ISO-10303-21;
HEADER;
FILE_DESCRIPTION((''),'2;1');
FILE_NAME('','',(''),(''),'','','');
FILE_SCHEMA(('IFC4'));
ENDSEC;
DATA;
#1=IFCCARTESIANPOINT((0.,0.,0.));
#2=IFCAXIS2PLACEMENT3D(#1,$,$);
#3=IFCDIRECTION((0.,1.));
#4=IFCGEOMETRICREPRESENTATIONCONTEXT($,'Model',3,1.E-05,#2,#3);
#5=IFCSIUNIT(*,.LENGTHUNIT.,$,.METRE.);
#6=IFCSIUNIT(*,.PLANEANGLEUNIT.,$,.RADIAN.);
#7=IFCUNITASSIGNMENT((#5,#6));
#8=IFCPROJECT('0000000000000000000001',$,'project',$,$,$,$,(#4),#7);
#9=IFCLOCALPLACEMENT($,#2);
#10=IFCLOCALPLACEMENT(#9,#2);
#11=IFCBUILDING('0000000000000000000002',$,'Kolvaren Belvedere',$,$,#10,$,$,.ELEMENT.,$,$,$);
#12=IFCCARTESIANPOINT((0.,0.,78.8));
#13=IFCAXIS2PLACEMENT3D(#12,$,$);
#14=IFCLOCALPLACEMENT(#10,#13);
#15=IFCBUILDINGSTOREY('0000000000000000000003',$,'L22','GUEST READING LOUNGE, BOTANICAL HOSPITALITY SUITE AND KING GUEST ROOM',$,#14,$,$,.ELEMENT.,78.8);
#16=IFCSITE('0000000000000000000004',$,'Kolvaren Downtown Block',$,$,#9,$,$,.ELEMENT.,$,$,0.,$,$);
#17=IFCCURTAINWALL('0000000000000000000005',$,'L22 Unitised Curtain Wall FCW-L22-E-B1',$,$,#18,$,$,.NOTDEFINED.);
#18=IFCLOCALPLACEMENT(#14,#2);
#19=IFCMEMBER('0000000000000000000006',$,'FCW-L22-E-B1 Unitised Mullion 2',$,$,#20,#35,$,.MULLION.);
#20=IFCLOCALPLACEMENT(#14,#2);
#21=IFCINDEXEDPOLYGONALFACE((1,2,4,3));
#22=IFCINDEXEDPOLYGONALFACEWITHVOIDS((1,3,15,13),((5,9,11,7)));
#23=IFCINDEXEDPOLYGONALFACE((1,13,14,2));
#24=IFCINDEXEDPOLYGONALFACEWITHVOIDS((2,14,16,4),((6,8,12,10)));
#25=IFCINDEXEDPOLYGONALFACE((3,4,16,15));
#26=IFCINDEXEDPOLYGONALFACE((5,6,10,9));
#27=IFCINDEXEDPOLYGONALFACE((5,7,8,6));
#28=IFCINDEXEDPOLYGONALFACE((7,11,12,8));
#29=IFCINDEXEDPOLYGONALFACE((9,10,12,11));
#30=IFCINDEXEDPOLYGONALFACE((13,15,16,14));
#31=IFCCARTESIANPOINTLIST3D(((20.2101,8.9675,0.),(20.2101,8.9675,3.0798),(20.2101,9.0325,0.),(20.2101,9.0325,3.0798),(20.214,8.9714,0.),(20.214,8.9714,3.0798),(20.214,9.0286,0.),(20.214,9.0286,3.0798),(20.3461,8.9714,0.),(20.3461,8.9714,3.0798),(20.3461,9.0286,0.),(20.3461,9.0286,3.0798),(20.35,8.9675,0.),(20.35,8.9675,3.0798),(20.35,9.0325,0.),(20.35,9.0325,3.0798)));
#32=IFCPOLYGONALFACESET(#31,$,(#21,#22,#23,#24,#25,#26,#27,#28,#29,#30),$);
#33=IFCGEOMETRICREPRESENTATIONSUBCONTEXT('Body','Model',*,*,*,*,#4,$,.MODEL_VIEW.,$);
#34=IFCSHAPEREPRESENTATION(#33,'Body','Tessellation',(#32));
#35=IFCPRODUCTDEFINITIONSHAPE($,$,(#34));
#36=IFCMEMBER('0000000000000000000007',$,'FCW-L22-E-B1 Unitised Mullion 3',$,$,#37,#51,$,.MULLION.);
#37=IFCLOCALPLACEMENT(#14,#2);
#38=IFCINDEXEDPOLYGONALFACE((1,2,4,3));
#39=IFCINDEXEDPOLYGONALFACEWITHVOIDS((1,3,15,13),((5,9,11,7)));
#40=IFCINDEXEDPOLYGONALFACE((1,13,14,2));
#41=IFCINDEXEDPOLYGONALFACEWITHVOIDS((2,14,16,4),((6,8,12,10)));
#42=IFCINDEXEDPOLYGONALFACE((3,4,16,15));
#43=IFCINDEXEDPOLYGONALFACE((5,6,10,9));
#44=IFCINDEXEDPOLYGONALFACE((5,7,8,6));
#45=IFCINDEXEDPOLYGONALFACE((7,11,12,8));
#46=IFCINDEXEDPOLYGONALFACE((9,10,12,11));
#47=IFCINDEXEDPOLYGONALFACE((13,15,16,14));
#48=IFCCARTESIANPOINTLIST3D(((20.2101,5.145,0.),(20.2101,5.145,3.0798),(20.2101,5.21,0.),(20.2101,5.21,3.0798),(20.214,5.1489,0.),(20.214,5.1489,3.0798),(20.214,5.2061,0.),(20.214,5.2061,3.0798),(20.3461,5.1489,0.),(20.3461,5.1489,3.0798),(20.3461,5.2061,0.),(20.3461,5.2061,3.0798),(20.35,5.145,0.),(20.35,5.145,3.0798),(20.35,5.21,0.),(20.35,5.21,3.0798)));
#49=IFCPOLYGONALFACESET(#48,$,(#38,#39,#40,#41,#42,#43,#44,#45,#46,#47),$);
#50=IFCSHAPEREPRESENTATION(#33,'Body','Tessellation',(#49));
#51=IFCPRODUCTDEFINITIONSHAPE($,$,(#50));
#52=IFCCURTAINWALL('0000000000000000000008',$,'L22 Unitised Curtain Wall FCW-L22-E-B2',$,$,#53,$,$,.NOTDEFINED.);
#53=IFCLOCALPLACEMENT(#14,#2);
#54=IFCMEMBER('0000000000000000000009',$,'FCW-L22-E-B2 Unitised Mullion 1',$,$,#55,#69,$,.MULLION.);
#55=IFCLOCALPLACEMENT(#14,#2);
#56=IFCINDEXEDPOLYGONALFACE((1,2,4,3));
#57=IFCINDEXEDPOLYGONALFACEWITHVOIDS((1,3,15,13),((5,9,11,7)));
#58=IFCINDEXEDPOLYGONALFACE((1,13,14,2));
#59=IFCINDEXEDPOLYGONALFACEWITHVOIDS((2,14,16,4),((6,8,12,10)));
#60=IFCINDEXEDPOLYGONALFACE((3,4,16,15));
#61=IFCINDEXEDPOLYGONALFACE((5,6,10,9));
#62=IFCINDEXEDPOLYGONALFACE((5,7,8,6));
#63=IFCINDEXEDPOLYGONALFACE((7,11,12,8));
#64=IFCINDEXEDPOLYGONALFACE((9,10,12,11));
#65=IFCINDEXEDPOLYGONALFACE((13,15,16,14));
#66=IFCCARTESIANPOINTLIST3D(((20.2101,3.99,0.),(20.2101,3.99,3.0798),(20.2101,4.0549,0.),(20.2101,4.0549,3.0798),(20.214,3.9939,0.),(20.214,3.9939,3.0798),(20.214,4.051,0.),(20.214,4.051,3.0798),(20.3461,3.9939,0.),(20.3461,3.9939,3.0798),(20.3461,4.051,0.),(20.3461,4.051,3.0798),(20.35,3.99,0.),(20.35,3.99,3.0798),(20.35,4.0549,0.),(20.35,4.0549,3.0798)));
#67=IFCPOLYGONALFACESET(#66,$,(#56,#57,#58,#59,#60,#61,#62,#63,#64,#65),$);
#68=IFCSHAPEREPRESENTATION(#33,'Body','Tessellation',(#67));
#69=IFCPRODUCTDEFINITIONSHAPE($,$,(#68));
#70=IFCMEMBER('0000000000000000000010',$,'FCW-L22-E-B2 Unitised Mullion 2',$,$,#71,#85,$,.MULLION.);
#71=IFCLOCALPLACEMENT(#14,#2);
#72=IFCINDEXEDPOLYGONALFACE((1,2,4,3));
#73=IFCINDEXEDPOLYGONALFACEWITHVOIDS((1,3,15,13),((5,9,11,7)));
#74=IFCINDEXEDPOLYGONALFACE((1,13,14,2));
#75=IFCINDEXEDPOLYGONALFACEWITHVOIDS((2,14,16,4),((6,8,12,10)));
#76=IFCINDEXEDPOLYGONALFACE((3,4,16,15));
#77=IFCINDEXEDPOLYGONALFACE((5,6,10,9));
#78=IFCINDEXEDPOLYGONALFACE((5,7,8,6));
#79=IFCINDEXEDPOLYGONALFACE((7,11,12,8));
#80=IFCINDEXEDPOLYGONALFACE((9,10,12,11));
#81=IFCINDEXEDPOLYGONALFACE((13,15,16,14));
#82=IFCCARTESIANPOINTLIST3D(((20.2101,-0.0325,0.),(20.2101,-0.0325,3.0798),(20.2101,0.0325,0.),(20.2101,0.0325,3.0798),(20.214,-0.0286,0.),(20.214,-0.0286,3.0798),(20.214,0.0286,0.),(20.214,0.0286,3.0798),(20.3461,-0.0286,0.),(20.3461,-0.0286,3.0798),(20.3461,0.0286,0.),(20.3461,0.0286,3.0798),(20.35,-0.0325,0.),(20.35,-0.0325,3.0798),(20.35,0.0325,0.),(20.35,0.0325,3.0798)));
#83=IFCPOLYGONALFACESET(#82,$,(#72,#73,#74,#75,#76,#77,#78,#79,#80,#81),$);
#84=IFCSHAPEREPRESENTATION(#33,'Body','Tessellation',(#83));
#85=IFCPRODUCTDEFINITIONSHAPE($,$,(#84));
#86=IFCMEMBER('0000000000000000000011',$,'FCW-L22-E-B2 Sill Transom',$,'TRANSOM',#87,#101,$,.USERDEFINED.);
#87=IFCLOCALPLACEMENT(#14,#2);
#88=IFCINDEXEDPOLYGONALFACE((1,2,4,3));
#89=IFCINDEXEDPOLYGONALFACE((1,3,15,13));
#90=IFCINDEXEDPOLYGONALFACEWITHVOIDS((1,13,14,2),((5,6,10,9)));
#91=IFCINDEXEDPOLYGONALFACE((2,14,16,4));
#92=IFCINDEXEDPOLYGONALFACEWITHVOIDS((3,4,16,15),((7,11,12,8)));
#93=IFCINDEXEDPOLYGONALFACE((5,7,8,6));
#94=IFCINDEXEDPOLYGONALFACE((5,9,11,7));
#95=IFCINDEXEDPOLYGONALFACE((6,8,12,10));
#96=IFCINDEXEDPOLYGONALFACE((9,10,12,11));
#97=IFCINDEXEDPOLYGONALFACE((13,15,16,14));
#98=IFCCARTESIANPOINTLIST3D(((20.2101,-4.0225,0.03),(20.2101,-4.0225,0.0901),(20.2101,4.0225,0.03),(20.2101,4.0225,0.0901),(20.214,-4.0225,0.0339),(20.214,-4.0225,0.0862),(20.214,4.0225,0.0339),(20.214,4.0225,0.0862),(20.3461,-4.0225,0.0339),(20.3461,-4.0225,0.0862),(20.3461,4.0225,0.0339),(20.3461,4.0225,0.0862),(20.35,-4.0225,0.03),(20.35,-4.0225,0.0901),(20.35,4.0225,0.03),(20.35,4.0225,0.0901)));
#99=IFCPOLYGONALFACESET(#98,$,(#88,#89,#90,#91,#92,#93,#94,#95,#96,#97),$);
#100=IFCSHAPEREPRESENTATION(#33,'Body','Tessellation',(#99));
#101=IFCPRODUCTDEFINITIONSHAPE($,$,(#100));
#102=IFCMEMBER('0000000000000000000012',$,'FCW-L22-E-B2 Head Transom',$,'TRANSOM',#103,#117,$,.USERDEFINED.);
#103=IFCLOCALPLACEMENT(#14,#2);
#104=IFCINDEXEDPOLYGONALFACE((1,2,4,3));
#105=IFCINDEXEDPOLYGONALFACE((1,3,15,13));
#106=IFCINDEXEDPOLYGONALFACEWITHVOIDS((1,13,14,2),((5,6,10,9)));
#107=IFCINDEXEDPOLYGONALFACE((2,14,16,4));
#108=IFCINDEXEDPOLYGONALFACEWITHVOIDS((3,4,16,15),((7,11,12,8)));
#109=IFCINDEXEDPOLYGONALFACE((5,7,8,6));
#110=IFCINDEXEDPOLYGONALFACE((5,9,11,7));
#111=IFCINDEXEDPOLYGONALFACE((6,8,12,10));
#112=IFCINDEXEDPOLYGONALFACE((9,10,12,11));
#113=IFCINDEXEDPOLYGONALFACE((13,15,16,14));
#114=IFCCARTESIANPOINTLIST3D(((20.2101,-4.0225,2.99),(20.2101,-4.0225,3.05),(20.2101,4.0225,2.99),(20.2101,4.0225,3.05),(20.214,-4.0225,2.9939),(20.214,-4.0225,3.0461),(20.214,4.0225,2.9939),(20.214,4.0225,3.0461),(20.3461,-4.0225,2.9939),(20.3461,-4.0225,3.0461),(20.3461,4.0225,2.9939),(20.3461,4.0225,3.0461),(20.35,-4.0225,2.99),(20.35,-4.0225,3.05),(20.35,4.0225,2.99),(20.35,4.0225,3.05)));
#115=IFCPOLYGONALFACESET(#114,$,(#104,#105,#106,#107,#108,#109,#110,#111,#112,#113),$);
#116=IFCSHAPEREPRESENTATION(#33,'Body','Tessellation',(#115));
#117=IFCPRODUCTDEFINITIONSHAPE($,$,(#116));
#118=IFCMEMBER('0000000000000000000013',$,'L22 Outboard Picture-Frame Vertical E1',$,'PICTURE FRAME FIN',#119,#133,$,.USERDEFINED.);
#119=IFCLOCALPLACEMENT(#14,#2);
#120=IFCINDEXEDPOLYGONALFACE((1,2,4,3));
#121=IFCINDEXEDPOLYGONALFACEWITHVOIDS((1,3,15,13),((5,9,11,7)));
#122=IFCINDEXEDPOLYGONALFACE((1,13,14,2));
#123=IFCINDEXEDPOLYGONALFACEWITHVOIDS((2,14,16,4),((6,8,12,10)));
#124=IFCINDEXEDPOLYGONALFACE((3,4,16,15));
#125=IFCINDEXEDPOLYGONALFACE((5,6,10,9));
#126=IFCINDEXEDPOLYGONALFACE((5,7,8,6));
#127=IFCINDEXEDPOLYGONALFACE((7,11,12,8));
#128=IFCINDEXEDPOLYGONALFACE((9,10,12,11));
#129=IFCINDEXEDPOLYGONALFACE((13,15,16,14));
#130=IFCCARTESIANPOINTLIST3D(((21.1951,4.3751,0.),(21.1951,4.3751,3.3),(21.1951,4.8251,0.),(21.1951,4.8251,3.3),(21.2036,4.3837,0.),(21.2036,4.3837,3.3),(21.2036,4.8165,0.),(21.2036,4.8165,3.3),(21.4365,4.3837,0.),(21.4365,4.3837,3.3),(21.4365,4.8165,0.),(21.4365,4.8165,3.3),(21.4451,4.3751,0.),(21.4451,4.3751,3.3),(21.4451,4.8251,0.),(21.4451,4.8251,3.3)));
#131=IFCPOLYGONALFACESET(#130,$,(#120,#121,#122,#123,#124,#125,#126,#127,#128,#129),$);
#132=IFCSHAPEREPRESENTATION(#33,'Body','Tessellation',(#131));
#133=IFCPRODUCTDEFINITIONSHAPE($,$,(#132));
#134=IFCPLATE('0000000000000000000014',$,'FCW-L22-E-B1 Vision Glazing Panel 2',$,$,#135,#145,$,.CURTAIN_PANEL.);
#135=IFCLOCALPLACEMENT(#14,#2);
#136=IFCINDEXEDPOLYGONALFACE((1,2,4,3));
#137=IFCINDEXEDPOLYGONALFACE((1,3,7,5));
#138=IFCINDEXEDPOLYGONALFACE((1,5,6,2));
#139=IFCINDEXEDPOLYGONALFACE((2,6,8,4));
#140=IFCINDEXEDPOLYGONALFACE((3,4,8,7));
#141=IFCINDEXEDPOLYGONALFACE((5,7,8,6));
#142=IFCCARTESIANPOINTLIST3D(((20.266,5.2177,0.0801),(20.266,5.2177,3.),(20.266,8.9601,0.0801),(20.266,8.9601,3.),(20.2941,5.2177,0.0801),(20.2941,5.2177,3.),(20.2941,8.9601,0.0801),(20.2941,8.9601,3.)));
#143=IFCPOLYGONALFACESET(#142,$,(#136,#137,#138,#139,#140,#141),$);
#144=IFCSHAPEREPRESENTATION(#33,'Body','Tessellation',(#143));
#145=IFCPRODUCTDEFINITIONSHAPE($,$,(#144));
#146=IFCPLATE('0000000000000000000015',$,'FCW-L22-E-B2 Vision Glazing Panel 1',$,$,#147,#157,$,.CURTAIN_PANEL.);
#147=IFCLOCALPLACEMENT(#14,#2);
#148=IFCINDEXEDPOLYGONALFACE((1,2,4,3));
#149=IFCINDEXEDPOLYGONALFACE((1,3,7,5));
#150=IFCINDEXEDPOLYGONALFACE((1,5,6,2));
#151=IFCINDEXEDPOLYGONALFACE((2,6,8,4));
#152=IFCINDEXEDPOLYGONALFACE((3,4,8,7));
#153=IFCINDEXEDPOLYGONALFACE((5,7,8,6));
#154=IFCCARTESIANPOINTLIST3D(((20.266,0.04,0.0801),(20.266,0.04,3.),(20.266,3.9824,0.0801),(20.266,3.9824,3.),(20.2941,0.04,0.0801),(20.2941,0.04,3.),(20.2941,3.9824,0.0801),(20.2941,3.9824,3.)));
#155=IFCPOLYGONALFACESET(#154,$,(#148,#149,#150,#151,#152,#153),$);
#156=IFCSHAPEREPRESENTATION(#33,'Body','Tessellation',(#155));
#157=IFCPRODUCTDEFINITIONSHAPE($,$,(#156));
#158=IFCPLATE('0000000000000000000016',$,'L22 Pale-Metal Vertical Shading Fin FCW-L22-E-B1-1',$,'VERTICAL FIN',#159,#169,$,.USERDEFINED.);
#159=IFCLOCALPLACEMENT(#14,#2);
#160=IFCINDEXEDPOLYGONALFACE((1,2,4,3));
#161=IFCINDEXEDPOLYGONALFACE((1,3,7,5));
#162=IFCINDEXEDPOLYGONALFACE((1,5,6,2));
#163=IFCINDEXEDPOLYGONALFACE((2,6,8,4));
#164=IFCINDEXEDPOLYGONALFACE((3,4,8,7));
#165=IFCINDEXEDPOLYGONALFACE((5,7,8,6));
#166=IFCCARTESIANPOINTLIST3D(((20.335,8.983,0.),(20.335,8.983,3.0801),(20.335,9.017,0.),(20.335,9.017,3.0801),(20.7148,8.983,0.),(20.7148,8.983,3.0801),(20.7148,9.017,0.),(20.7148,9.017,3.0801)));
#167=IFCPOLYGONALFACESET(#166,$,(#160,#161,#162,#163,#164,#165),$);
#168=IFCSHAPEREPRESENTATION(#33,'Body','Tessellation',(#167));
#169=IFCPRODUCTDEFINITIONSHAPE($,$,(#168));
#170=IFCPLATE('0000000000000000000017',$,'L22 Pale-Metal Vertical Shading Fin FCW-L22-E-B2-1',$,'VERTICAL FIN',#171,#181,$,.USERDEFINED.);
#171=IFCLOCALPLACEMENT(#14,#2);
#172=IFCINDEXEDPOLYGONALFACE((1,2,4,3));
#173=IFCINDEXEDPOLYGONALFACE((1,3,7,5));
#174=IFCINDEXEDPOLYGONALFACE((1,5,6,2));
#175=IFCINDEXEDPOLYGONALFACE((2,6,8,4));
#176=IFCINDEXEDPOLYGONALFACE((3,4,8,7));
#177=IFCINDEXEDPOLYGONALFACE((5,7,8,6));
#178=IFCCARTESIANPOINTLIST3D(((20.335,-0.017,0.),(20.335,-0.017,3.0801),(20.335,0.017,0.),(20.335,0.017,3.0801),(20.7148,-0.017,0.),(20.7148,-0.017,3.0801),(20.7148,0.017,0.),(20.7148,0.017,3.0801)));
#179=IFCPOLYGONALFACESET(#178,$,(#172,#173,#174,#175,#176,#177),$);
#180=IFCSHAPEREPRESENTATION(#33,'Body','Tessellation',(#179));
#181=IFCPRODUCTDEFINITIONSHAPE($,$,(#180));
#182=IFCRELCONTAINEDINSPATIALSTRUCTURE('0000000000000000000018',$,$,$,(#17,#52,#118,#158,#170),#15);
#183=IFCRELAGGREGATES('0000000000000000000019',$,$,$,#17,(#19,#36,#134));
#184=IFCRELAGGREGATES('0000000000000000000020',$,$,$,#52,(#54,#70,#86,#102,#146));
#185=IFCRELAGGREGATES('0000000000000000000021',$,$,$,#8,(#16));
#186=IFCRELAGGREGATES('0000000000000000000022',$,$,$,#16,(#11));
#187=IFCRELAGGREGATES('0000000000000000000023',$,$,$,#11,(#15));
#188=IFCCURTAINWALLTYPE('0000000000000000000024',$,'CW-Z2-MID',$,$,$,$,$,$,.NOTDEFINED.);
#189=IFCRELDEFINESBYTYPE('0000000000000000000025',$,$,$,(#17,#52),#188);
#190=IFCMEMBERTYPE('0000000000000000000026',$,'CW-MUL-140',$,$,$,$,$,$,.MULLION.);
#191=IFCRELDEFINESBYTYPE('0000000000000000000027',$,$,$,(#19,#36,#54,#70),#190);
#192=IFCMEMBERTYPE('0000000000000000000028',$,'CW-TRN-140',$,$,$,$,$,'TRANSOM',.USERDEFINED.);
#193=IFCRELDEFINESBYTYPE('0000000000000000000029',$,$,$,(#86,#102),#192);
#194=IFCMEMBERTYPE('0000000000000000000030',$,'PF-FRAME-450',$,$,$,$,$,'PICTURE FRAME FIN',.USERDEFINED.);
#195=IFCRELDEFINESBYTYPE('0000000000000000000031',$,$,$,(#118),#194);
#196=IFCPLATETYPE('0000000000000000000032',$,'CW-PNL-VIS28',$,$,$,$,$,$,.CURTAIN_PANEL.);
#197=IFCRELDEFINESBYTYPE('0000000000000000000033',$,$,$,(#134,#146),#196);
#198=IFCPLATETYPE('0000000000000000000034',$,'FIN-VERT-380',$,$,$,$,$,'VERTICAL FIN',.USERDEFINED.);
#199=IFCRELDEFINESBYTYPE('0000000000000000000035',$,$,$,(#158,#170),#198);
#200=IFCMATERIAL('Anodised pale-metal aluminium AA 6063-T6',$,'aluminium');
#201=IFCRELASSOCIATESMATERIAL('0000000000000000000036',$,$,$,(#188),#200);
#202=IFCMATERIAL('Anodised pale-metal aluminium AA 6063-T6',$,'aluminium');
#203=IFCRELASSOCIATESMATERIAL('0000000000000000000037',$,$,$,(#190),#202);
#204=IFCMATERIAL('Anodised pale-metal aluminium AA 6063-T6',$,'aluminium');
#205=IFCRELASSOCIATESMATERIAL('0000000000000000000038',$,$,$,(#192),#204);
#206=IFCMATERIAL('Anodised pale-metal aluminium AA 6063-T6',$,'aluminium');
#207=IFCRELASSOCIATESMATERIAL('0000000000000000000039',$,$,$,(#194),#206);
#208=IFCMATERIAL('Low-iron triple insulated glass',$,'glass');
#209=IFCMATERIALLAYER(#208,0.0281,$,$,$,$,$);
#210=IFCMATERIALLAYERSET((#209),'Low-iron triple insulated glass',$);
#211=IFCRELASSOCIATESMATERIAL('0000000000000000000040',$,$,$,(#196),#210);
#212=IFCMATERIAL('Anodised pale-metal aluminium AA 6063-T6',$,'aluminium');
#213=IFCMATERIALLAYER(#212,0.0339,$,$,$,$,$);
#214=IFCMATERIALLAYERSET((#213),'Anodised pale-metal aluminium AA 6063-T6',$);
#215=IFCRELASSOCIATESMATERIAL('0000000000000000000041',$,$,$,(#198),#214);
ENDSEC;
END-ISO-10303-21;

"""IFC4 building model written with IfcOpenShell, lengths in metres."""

from ifc_helpers import new_model, si_unit, direction, frame, origin, origin_2d, place, context, subcontext, project, spatial, rectangle, hollow_rectangle, extrude, material, layer, layer_set, material_profile, profile_set, type_object, element, aggregate, save


model = new_model("IFC4")

# Units and contexts
model_context = context("Model", 3, precision=1e-05, world=origin(), true_north=direction((0.0, 1.0)))
body_context = subcontext(model_context, "Body", "Model", "MODEL_VIEW")
ifc_project = project(units=[si_unit("LENGTHUNIT", "METRE"), si_unit("PLANEANGLEUNIT", "RADIAN")], contexts=[model_context])

# Site, building, storey
site_placement = place(None, origin())
site = spatial("IfcSite", under=ifc_project, at=site_placement, Name="Kolvaren Downtown Block", CompositionType="ELEMENT", RefElevation=0.0)
building_placement = place(site_placement, origin())
building = spatial("IfcBuilding", under=site, at=building_placement, Name="Kolvaren Belvedere", CompositionType="ELEMENT")
storey_placement = place(building_placement, frame((0.0, 0.0, 78.8)))
storey = spatial("IfcBuildingStorey", under=building, at=storey_placement, Name="L22", Description="GUEST READING LOUNGE, BOTANICAL HOSPITALITY SUITE AND KING GUEST ROOM", CompositionType="ELEMENT", Elevation=78.8)

# Curtain walls, members
ifc_material_1 = material(Name="Anodised pale-metal aluminium AA 6063-T6", Category="aluminium")
curtain_wall_type = type_object("IfcCurtainWallType", Name="CW-Z2-MID", PredefinedType="NOTDEFINED", material=ifc_material_1)
curtain_wall_1_placement = place(storey_placement, origin())
curtain_wall_1 = element("IfcCurtainWall", 1, at=curtain_wall_1_placement, inside=storey, type_object=curtain_wall_type, Name="L22 Unitised Curtain Wall FCW-L22-E-B1", PredefinedType="NOTDEFINED")
ifc_material_2 = material(Name="Anodised pale-metal aluminium AA 6063-T6", Category="aluminium")
ifc_material_profile_1 = material_profile(ifc_material_2, hollow_rectangle(XDim=0.0649, YDim=0.1399, WallThickness=0.0039, at=origin_2d()), Name="ALU-MUL-140X65")
ifc_profile_set_1 = profile_set([ifc_material_profile_1], Name="Anodised pale-metal aluminium AA 6063-T6")
member_type_1 = type_object("IfcMemberType", Name="CW-MUL-140", PredefinedType="MULLION", material=ifc_profile_set_1)
member_1_placement = place(storey_placement, frame((20.28, 9.0, 0.0), z_axis=(0.0, 0.0, 1.0), x_axis=(0.0, 1.0, 0.0)))
member_1 = element("IfcMember", 2, at=member_1_placement, type_object=member_type_1, Name="FCW-L22-E-B1 Unitised Mullion 2", PredefinedType="MULLION", context=body_context, shape_type="SweptSolid", body=[
    extrude(hollow_rectangle(XDim=0.0649, YDim=0.1399, WallThickness=0.0039, at=origin_2d()), origin(), (0.0, 0.0, 1.0), 3.0798),
])
member_2_placement = place(storey_placement, frame((20.28, 5.1775, 0.0), z_axis=(0.0, 0.0, 1.0), x_axis=(0.0, 1.0, 0.0)))
member_2 = element("IfcMember", 3, at=member_2_placement, type_object=member_type_1, Name="FCW-L22-E-B1 Unitised Mullion 3", PredefinedType="MULLION", context=body_context, shape_type="SweptSolid", body=[
    extrude(hollow_rectangle(XDim=0.0649, YDim=0.1399, WallThickness=0.0039, at=origin_2d()), origin(), (0.0, 0.0, 1.0), 3.0798),
])
curtain_wall_2_placement = place(storey_placement, origin())
curtain_wall_2 = element("IfcCurtainWall", 4, at=curtain_wall_2_placement, inside=storey, type_object=curtain_wall_type, Name="L22 Unitised Curtain Wall FCW-L22-E-B2", PredefinedType="NOTDEFINED")
member_3_placement = place(storey_placement, frame((20.28, 4.0225, 0.0), z_axis=(0.0, 0.0, 1.0), x_axis=(0.0, 1.0, 0.0)))
member_3 = element("IfcMember", 5, at=member_3_placement, type_object=member_type_1, Name="FCW-L22-E-B2 Unitised Mullion 1", PredefinedType="MULLION", context=body_context, shape_type="SweptSolid", body=[
    extrude(hollow_rectangle(XDim=0.0649, YDim=0.1399, WallThickness=0.0039, at=origin_2d()), origin(), (0.0, 0.0, 1.0), 3.0798),
])
member_4_placement = place(storey_placement, frame((20.28, 0.0, 0.0), z_axis=(0.0, 0.0, 1.0), x_axis=(0.0, 1.0, 0.0)))
member_4 = element("IfcMember", 6, at=member_4_placement, type_object=member_type_1, Name="FCW-L22-E-B2 Unitised Mullion 2", PredefinedType="MULLION", context=body_context, shape_type="SweptSolid", body=[
    extrude(hollow_rectangle(XDim=0.0649, YDim=0.1399, WallThickness=0.0039, at=origin_2d()), origin(), (0.0, 0.0, 1.0), 3.0798),
])
ifc_material_3 = material(Name="Anodised pale-metal aluminium AA 6063-T6", Category="aluminium")
ifc_material_profile_2 = material_profile(ifc_material_3, hollow_rectangle(XDim=0.0601, YDim=0.1399, WallThickness=0.0039, at=origin_2d()), Name="ALU-TRN-140X60")
ifc_profile_set_2 = profile_set([ifc_material_profile_2], Name="Anodised pale-metal aluminium AA 6063-T6")
member_type_2 = type_object("IfcMemberType", Name="CW-TRN-140", ElementType="TRANSOM", PredefinedType="USERDEFINED", material=ifc_profile_set_2)
member_5_placement = place(storey_placement, frame((20.28, 4.0225, 0.0601), z_axis=(0.0, -1.0, 0.0), x_axis=(0.0, 0.0, 1.0)))
member_5 = element("IfcMember", 7, at=member_5_placement, type_object=member_type_2, Name="FCW-L22-E-B2 Sill Transom", ObjectType="TRANSOM", PredefinedType="USERDEFINED", context=body_context, shape_type="SweptSolid", body=[
    extrude(hollow_rectangle(XDim=0.0601, YDim=0.1399, WallThickness=0.0039, at=origin_2d()), origin(), (0.0, 0.0, 1.0), 8.0449),
])
member_6_placement = place(storey_placement, frame((20.28, 4.0225, 3.02), z_axis=(0.0, -1.0, 0.0), x_axis=(0.0, 0.0, 1.0)))
member_6 = element("IfcMember", 8, at=member_6_placement, type_object=member_type_2, Name="FCW-L22-E-B2 Head Transom", ObjectType="TRANSOM", PredefinedType="USERDEFINED", context=body_context, shape_type="SweptSolid", body=[
    extrude(hollow_rectangle(XDim=0.0601, YDim=0.1399, WallThickness=0.0039, at=origin_2d()), origin(), (0.0, 0.0, 1.0), 8.0449),
])

# Member
ifc_material_4 = material(Name="Anodised pale-metal aluminium AA 6063-T6", Category="aluminium")
ifc_material_profile_3 = material_profile(ifc_material_4, hollow_rectangle(XDim=0.25, YDim=0.45, WallThickness=0.0085, at=origin_2d()), Name="ALU-PF-450X250")
ifc_profile_set_3 = profile_set([ifc_material_profile_3], Name="Anodised pale-metal aluminium AA 6063-T6")
member_type_3 = type_object("IfcMemberType", Name="PF-FRAME-450", ElementType="PICTURE FRAME FIN", PredefinedType="USERDEFINED", material=ifc_profile_set_3)
member_7_placement = place(storey_placement, frame((21.3201, 4.6001, 0.0), z_axis=(0.0, 0.0, 1.0), x_axis=(1.0, 0.0, 0.0)))
element("IfcMember", 9, at=member_7_placement, inside=storey, type_object=member_type_3, Name="L22 Outboard Picture-Frame Vertical E1", ObjectType="PICTURE FRAME FIN", PredefinedType="USERDEFINED", context=body_context, shape_type="SweptSolid", body=[
    extrude(hollow_rectangle(XDim=0.25, YDim=0.45, WallThickness=0.0085, at=origin_2d()), origin(), (0.0, 0.0, 1.0), 3.3),
])

# Plates
ifc_material_5 = material(Name="Low-iron triple insulated glass", Category="glass")
ifc_layer_1 = layer(ifc_material_5, 0.0281)
ifc_layer_set_1 = layer_set([ifc_layer_1], Name="Low-iron triple insulated glass")
plate_type_1 = type_object("IfcPlateType", Name="CW-PNL-VIS28", PredefinedType="CURTAIN_PANEL", material=ifc_layer_set_1)
plate_1_placement = place(storey_placement, frame((20.28, 7.0889, 0.0801), z_axis=(0.0, 0.0, 1.0), x_axis=(0.0, -1.0, 0.0)))
plate_1 = element("IfcPlate", 10, at=plate_1_placement, type_object=plate_type_1, Name="FCW-L22-E-B1 Vision Glazing Panel 2", PredefinedType="CURTAIN_PANEL", context=body_context, shape_type="SweptSolid", body=[
    extrude(rectangle(XDim=3.7424, YDim=0.0281, at=origin_2d()), origin(), (0.0, 0.0, 1.0), 2.9199),
])
aggregate(curtain_wall_1, [member_1, member_2, plate_1])
plate_2_placement = place(storey_placement, frame((20.28, 2.0112, 0.0801), z_axis=(0.0, 0.0, 1.0), x_axis=(0.0, -1.0, 0.0)))
plate_2 = element("IfcPlate", 11, at=plate_2_placement, type_object=plate_type_1, Name="FCW-L22-E-B2 Vision Glazing Panel 1", PredefinedType="CURTAIN_PANEL", context=body_context, shape_type="SweptSolid", body=[
    extrude(rectangle(XDim=3.9424, YDim=0.0281, at=origin_2d()), origin(), (0.0, 0.0, 1.0), 2.9199),
])
aggregate(curtain_wall_2, [member_3, member_4, member_5, member_6, plate_2])

# Plates
ifc_material_6 = material(Name="Anodised pale-metal aluminium AA 6063-T6", Category="aluminium")
ifc_layer_2 = layer(ifc_material_6, 0.0339)
ifc_layer_set_2 = layer_set([ifc_layer_2], Name="Anodised pale-metal aluminium AA 6063-T6")
plate_type_2 = type_object("IfcPlateType", Name="FIN-VERT-380", ElementType="VERTICAL FIN", PredefinedType="USERDEFINED", material=ifc_layer_set_2)
for number, where, z_axis, x_axis, name in (
    (12, (20.5249, 9.0, 0.0), (0.0, 0.0, 1.0), (1.0, 0.0, 0.0), "L22 Pale-Metal Vertical Shading Fin FCW-L22-E-B1-1"),
    (13, (20.5249, 0.0, 0.0), (0.0, 0.0, 1.0), (1.0, 0.0, 0.0), "L22 Pale-Metal Vertical Shading Fin FCW-L22-E-B2-1"),
):
    element("IfcPlate", number, at=place(storey_placement, frame(where, z_axis=z_axis, x_axis=x_axis)), inside=storey, type_object=plate_type_2, Name=name, ObjectType="VERTICAL FIN", PredefinedType="USERDEFINED", context=body_context, shape_type="SweptSolid", body=[
        extrude(rectangle(XDim=0.3799, YDim=0.0339, at=origin_2d()), origin(), (0.0, 0.0, 1.0), 3.0801),
    ])

save(model, "model.ifc")
